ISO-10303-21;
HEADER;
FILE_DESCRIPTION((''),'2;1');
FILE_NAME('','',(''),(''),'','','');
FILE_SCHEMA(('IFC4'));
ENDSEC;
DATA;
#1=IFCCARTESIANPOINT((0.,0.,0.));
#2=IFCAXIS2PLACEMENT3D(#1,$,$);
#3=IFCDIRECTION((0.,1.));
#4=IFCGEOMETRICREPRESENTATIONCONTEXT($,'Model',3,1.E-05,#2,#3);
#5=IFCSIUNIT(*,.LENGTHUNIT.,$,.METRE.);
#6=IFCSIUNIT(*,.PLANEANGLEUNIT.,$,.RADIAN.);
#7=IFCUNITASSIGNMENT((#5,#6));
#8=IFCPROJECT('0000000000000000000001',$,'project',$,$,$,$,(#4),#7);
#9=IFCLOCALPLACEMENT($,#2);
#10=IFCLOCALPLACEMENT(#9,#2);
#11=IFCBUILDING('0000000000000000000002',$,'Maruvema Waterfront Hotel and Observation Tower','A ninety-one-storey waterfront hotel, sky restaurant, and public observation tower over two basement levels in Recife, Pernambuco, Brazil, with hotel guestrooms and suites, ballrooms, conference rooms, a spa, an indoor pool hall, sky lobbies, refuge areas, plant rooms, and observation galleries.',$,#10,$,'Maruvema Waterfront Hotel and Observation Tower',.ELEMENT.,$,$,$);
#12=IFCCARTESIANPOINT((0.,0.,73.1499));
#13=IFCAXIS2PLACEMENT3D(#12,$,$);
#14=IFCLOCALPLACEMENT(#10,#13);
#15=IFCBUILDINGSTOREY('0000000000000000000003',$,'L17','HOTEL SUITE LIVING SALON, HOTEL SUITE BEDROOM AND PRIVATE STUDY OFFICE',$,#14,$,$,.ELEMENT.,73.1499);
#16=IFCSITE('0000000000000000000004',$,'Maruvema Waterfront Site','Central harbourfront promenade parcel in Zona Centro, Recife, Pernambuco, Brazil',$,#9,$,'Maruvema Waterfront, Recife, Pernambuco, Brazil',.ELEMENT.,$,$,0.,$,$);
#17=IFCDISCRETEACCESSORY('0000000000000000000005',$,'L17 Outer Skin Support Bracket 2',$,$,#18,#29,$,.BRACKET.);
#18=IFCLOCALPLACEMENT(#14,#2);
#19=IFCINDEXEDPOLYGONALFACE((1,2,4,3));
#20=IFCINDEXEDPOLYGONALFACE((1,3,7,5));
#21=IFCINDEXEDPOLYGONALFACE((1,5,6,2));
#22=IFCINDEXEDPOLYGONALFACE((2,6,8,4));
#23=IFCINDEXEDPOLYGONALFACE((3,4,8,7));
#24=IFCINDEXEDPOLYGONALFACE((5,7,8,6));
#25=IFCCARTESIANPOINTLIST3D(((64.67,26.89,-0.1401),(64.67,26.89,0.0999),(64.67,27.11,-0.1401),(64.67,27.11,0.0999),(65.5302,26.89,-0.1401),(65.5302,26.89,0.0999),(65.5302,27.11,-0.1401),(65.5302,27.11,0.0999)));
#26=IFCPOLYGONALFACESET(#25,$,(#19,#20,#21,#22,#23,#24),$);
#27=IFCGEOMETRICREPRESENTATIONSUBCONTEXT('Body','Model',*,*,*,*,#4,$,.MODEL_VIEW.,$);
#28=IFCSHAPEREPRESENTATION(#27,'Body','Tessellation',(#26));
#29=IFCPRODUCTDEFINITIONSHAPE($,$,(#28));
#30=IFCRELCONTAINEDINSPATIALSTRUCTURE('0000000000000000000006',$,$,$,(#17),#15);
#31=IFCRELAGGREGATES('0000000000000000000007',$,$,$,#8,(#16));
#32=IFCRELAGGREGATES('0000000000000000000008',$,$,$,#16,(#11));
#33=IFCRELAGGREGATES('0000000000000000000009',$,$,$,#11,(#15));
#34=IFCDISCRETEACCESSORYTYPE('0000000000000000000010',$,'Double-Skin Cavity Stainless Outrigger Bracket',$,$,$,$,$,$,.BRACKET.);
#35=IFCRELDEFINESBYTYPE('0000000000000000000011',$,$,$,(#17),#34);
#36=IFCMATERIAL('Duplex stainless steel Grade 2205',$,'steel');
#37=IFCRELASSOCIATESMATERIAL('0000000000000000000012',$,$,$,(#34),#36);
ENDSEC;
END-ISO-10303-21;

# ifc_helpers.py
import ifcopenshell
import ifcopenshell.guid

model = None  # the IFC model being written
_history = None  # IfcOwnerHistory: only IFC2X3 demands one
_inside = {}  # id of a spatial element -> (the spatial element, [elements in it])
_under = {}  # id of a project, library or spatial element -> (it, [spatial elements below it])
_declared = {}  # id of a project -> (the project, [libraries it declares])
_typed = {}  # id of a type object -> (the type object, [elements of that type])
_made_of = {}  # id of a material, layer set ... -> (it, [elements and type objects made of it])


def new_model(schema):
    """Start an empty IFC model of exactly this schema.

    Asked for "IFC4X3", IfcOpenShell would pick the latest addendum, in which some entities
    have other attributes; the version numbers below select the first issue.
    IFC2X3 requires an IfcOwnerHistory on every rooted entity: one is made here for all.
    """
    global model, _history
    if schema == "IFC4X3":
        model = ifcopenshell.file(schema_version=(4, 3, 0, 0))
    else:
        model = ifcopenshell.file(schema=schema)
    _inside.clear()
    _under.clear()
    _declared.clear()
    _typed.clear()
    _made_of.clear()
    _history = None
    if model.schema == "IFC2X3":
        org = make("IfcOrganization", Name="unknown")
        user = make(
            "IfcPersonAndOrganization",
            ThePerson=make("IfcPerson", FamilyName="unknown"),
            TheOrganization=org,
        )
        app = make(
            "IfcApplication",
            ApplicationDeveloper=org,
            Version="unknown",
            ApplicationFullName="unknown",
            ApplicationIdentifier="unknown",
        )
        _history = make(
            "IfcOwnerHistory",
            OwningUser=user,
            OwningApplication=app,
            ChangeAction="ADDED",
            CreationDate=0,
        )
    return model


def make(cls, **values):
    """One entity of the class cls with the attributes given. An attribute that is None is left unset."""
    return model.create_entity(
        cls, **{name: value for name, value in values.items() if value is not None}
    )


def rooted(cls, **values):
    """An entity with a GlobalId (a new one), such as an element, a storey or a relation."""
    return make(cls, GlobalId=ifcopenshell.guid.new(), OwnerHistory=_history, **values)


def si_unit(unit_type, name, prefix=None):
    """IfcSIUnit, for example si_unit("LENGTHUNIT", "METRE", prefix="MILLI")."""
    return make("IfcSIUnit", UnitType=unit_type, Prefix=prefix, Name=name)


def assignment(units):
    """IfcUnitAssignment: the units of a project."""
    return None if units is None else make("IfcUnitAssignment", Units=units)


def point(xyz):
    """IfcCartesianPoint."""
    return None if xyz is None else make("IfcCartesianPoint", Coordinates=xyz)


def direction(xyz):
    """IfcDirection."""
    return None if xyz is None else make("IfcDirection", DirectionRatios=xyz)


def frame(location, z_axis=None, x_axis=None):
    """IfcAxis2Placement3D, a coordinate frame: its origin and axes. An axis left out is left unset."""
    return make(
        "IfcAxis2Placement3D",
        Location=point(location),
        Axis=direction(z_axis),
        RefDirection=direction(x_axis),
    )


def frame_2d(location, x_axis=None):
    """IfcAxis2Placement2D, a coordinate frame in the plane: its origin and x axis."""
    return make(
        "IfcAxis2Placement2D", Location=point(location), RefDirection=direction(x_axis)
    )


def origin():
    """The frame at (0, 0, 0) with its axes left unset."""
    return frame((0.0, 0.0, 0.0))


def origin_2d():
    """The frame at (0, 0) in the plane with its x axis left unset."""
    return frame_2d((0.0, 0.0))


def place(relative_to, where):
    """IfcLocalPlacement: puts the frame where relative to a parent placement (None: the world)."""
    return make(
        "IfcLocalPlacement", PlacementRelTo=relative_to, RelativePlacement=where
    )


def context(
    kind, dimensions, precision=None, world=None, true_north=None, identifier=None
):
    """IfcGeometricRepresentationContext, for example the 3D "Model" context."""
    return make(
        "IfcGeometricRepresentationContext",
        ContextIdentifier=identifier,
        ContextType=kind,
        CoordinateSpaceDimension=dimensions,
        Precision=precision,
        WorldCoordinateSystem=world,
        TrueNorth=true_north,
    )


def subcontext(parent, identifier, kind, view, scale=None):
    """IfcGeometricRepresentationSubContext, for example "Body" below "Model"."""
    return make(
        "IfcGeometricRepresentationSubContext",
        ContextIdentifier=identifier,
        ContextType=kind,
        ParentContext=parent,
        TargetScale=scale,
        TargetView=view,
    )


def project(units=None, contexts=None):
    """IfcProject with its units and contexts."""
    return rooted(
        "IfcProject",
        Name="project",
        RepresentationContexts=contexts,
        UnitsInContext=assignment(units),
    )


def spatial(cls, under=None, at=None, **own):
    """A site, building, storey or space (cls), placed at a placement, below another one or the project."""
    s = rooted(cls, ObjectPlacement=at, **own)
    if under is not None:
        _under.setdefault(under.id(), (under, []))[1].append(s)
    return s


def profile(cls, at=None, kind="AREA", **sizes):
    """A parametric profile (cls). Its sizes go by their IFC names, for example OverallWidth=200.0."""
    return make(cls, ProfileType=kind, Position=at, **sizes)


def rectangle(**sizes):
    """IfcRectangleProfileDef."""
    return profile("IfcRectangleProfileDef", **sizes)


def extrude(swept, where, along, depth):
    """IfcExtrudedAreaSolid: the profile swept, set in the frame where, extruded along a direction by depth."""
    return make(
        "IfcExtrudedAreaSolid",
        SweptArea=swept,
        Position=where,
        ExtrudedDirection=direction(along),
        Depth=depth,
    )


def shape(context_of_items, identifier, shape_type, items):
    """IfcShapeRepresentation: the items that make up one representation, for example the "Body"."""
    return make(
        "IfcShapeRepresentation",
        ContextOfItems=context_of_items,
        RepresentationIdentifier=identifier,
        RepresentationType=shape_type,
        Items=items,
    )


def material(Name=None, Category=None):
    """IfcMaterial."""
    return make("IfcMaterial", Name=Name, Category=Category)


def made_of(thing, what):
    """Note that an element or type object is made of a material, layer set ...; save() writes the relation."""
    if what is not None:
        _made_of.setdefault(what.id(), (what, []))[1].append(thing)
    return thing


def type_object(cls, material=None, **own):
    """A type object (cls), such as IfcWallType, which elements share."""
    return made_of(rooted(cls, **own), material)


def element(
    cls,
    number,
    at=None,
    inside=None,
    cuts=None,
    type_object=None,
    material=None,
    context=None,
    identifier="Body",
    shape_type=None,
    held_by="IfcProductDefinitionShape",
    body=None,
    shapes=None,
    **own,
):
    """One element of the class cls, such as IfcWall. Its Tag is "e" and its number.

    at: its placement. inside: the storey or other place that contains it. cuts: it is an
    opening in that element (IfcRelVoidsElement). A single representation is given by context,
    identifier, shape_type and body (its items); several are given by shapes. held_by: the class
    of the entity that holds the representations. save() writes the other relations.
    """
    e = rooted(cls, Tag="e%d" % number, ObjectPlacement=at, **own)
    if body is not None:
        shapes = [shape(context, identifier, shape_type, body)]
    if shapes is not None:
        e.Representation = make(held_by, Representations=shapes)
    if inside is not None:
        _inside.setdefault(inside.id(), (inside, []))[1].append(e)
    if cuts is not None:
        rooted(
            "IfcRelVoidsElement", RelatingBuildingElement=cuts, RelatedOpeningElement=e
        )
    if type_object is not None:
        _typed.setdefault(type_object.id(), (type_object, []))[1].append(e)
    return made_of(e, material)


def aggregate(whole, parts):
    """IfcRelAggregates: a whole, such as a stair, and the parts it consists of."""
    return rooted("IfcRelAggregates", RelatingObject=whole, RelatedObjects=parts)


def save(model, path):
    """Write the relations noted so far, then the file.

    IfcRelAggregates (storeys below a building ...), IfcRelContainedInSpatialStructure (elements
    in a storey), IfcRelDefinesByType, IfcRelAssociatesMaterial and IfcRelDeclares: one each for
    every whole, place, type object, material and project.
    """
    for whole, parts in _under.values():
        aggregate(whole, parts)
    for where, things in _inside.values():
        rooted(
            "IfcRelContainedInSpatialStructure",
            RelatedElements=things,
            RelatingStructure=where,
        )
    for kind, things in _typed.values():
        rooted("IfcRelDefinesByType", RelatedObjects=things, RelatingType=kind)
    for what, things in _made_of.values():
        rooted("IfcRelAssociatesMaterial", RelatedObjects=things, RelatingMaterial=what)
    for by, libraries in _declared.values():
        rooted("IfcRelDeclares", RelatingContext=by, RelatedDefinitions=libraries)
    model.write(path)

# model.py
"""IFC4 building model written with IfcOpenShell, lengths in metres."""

from ifc_helpers import new_model, si_unit, direction, frame, origin, origin_2d, place, context, subcontext, project, spatial, rectangle, extrude, material, type_object, element, save


model = new_model("IFC4")

# Units and contexts
model_context = context("Model", 3, precision=1e-05, world=origin(), true_north=direction((0.0, 1.0)))
body_context = subcontext(model_context, "Body", "Model", "MODEL_VIEW")
ifc_project = project(units=[si_unit("LENGTHUNIT", "METRE"), si_unit("PLANEANGLEUNIT", "RADIAN")], contexts=[model_context])

# Site, building, storey
site_placement = place(None, origin())
site = spatial("IfcSite", under=ifc_project, at=site_placement, Name="Maruvema Waterfront Site", Description="Central harbourfront promenade parcel in Zona Centro, Recife, Pernambuco, Brazil", LongName="Maruvema Waterfront, Recife, Pernambuco, Brazil", CompositionType="ELEMENT", RefElevation=0.0)
building_placement = place(site_placement, origin())
building = spatial("IfcBuilding", under=site, at=building_placement, Name="Maruvema Waterfront Hotel and Observation Tower", Description="A ninety-one-storey waterfront hotel, sky restaurant, and public observation tower over two basement levels in Recife, Pernambuco, Brazil, with hotel guestrooms and suites, ballrooms, conference rooms, a spa, an indoor pool hall, sky lobbies, refuge areas, plant rooms, and observation galleries.", LongName="Maruvema Waterfront Hotel and Observation Tower", CompositionType="ELEMENT")
storey_placement = place(building_placement, frame((0.0, 0.0, 73.1499)))
storey = spatial("IfcBuildingStorey", under=building, at=storey_placement, Name="L17", Description="HOTEL SUITE LIVING SALON, HOTEL SUITE BEDROOM AND PRIVATE STUDY OFFICE", CompositionType="ELEMENT", Elevation=73.1499)

# Discrete accessory
ifc_material_1 = material(Name="Duplex stainless steel Grade 2205", Category="steel")
discrete_accessory_type = type_object("IfcDiscreteAccessoryType", Name="Double-Skin Cavity Stainless Outrigger Bracket", PredefinedType="BRACKET", material=ifc_material_1)
for number, where, z_axis, x_axis, name in (
    (1, (65.1001, 27.0, -0.1401), (0.0, 0.0, 1.0), (0.0, 1.0, 0.0), "L17 Outer Skin Support Bracket 2"),
):
    element("IfcDiscreteAccessory", number, at=place(storey_placement, frame(where, z_axis=z_axis, x_axis=x_axis)), inside=storey, type_object=discrete_accessory_type, Name=name, PredefinedType="BRACKET", context=body_context, shape_type="SweptSolid", body=[
        extrude(rectangle(XDim=0.22, YDim=0.8601, at=origin_2d()), origin(), (0.0, 0.0, 1.0), 0.24),
    ])

save(model, "model.ifc")
